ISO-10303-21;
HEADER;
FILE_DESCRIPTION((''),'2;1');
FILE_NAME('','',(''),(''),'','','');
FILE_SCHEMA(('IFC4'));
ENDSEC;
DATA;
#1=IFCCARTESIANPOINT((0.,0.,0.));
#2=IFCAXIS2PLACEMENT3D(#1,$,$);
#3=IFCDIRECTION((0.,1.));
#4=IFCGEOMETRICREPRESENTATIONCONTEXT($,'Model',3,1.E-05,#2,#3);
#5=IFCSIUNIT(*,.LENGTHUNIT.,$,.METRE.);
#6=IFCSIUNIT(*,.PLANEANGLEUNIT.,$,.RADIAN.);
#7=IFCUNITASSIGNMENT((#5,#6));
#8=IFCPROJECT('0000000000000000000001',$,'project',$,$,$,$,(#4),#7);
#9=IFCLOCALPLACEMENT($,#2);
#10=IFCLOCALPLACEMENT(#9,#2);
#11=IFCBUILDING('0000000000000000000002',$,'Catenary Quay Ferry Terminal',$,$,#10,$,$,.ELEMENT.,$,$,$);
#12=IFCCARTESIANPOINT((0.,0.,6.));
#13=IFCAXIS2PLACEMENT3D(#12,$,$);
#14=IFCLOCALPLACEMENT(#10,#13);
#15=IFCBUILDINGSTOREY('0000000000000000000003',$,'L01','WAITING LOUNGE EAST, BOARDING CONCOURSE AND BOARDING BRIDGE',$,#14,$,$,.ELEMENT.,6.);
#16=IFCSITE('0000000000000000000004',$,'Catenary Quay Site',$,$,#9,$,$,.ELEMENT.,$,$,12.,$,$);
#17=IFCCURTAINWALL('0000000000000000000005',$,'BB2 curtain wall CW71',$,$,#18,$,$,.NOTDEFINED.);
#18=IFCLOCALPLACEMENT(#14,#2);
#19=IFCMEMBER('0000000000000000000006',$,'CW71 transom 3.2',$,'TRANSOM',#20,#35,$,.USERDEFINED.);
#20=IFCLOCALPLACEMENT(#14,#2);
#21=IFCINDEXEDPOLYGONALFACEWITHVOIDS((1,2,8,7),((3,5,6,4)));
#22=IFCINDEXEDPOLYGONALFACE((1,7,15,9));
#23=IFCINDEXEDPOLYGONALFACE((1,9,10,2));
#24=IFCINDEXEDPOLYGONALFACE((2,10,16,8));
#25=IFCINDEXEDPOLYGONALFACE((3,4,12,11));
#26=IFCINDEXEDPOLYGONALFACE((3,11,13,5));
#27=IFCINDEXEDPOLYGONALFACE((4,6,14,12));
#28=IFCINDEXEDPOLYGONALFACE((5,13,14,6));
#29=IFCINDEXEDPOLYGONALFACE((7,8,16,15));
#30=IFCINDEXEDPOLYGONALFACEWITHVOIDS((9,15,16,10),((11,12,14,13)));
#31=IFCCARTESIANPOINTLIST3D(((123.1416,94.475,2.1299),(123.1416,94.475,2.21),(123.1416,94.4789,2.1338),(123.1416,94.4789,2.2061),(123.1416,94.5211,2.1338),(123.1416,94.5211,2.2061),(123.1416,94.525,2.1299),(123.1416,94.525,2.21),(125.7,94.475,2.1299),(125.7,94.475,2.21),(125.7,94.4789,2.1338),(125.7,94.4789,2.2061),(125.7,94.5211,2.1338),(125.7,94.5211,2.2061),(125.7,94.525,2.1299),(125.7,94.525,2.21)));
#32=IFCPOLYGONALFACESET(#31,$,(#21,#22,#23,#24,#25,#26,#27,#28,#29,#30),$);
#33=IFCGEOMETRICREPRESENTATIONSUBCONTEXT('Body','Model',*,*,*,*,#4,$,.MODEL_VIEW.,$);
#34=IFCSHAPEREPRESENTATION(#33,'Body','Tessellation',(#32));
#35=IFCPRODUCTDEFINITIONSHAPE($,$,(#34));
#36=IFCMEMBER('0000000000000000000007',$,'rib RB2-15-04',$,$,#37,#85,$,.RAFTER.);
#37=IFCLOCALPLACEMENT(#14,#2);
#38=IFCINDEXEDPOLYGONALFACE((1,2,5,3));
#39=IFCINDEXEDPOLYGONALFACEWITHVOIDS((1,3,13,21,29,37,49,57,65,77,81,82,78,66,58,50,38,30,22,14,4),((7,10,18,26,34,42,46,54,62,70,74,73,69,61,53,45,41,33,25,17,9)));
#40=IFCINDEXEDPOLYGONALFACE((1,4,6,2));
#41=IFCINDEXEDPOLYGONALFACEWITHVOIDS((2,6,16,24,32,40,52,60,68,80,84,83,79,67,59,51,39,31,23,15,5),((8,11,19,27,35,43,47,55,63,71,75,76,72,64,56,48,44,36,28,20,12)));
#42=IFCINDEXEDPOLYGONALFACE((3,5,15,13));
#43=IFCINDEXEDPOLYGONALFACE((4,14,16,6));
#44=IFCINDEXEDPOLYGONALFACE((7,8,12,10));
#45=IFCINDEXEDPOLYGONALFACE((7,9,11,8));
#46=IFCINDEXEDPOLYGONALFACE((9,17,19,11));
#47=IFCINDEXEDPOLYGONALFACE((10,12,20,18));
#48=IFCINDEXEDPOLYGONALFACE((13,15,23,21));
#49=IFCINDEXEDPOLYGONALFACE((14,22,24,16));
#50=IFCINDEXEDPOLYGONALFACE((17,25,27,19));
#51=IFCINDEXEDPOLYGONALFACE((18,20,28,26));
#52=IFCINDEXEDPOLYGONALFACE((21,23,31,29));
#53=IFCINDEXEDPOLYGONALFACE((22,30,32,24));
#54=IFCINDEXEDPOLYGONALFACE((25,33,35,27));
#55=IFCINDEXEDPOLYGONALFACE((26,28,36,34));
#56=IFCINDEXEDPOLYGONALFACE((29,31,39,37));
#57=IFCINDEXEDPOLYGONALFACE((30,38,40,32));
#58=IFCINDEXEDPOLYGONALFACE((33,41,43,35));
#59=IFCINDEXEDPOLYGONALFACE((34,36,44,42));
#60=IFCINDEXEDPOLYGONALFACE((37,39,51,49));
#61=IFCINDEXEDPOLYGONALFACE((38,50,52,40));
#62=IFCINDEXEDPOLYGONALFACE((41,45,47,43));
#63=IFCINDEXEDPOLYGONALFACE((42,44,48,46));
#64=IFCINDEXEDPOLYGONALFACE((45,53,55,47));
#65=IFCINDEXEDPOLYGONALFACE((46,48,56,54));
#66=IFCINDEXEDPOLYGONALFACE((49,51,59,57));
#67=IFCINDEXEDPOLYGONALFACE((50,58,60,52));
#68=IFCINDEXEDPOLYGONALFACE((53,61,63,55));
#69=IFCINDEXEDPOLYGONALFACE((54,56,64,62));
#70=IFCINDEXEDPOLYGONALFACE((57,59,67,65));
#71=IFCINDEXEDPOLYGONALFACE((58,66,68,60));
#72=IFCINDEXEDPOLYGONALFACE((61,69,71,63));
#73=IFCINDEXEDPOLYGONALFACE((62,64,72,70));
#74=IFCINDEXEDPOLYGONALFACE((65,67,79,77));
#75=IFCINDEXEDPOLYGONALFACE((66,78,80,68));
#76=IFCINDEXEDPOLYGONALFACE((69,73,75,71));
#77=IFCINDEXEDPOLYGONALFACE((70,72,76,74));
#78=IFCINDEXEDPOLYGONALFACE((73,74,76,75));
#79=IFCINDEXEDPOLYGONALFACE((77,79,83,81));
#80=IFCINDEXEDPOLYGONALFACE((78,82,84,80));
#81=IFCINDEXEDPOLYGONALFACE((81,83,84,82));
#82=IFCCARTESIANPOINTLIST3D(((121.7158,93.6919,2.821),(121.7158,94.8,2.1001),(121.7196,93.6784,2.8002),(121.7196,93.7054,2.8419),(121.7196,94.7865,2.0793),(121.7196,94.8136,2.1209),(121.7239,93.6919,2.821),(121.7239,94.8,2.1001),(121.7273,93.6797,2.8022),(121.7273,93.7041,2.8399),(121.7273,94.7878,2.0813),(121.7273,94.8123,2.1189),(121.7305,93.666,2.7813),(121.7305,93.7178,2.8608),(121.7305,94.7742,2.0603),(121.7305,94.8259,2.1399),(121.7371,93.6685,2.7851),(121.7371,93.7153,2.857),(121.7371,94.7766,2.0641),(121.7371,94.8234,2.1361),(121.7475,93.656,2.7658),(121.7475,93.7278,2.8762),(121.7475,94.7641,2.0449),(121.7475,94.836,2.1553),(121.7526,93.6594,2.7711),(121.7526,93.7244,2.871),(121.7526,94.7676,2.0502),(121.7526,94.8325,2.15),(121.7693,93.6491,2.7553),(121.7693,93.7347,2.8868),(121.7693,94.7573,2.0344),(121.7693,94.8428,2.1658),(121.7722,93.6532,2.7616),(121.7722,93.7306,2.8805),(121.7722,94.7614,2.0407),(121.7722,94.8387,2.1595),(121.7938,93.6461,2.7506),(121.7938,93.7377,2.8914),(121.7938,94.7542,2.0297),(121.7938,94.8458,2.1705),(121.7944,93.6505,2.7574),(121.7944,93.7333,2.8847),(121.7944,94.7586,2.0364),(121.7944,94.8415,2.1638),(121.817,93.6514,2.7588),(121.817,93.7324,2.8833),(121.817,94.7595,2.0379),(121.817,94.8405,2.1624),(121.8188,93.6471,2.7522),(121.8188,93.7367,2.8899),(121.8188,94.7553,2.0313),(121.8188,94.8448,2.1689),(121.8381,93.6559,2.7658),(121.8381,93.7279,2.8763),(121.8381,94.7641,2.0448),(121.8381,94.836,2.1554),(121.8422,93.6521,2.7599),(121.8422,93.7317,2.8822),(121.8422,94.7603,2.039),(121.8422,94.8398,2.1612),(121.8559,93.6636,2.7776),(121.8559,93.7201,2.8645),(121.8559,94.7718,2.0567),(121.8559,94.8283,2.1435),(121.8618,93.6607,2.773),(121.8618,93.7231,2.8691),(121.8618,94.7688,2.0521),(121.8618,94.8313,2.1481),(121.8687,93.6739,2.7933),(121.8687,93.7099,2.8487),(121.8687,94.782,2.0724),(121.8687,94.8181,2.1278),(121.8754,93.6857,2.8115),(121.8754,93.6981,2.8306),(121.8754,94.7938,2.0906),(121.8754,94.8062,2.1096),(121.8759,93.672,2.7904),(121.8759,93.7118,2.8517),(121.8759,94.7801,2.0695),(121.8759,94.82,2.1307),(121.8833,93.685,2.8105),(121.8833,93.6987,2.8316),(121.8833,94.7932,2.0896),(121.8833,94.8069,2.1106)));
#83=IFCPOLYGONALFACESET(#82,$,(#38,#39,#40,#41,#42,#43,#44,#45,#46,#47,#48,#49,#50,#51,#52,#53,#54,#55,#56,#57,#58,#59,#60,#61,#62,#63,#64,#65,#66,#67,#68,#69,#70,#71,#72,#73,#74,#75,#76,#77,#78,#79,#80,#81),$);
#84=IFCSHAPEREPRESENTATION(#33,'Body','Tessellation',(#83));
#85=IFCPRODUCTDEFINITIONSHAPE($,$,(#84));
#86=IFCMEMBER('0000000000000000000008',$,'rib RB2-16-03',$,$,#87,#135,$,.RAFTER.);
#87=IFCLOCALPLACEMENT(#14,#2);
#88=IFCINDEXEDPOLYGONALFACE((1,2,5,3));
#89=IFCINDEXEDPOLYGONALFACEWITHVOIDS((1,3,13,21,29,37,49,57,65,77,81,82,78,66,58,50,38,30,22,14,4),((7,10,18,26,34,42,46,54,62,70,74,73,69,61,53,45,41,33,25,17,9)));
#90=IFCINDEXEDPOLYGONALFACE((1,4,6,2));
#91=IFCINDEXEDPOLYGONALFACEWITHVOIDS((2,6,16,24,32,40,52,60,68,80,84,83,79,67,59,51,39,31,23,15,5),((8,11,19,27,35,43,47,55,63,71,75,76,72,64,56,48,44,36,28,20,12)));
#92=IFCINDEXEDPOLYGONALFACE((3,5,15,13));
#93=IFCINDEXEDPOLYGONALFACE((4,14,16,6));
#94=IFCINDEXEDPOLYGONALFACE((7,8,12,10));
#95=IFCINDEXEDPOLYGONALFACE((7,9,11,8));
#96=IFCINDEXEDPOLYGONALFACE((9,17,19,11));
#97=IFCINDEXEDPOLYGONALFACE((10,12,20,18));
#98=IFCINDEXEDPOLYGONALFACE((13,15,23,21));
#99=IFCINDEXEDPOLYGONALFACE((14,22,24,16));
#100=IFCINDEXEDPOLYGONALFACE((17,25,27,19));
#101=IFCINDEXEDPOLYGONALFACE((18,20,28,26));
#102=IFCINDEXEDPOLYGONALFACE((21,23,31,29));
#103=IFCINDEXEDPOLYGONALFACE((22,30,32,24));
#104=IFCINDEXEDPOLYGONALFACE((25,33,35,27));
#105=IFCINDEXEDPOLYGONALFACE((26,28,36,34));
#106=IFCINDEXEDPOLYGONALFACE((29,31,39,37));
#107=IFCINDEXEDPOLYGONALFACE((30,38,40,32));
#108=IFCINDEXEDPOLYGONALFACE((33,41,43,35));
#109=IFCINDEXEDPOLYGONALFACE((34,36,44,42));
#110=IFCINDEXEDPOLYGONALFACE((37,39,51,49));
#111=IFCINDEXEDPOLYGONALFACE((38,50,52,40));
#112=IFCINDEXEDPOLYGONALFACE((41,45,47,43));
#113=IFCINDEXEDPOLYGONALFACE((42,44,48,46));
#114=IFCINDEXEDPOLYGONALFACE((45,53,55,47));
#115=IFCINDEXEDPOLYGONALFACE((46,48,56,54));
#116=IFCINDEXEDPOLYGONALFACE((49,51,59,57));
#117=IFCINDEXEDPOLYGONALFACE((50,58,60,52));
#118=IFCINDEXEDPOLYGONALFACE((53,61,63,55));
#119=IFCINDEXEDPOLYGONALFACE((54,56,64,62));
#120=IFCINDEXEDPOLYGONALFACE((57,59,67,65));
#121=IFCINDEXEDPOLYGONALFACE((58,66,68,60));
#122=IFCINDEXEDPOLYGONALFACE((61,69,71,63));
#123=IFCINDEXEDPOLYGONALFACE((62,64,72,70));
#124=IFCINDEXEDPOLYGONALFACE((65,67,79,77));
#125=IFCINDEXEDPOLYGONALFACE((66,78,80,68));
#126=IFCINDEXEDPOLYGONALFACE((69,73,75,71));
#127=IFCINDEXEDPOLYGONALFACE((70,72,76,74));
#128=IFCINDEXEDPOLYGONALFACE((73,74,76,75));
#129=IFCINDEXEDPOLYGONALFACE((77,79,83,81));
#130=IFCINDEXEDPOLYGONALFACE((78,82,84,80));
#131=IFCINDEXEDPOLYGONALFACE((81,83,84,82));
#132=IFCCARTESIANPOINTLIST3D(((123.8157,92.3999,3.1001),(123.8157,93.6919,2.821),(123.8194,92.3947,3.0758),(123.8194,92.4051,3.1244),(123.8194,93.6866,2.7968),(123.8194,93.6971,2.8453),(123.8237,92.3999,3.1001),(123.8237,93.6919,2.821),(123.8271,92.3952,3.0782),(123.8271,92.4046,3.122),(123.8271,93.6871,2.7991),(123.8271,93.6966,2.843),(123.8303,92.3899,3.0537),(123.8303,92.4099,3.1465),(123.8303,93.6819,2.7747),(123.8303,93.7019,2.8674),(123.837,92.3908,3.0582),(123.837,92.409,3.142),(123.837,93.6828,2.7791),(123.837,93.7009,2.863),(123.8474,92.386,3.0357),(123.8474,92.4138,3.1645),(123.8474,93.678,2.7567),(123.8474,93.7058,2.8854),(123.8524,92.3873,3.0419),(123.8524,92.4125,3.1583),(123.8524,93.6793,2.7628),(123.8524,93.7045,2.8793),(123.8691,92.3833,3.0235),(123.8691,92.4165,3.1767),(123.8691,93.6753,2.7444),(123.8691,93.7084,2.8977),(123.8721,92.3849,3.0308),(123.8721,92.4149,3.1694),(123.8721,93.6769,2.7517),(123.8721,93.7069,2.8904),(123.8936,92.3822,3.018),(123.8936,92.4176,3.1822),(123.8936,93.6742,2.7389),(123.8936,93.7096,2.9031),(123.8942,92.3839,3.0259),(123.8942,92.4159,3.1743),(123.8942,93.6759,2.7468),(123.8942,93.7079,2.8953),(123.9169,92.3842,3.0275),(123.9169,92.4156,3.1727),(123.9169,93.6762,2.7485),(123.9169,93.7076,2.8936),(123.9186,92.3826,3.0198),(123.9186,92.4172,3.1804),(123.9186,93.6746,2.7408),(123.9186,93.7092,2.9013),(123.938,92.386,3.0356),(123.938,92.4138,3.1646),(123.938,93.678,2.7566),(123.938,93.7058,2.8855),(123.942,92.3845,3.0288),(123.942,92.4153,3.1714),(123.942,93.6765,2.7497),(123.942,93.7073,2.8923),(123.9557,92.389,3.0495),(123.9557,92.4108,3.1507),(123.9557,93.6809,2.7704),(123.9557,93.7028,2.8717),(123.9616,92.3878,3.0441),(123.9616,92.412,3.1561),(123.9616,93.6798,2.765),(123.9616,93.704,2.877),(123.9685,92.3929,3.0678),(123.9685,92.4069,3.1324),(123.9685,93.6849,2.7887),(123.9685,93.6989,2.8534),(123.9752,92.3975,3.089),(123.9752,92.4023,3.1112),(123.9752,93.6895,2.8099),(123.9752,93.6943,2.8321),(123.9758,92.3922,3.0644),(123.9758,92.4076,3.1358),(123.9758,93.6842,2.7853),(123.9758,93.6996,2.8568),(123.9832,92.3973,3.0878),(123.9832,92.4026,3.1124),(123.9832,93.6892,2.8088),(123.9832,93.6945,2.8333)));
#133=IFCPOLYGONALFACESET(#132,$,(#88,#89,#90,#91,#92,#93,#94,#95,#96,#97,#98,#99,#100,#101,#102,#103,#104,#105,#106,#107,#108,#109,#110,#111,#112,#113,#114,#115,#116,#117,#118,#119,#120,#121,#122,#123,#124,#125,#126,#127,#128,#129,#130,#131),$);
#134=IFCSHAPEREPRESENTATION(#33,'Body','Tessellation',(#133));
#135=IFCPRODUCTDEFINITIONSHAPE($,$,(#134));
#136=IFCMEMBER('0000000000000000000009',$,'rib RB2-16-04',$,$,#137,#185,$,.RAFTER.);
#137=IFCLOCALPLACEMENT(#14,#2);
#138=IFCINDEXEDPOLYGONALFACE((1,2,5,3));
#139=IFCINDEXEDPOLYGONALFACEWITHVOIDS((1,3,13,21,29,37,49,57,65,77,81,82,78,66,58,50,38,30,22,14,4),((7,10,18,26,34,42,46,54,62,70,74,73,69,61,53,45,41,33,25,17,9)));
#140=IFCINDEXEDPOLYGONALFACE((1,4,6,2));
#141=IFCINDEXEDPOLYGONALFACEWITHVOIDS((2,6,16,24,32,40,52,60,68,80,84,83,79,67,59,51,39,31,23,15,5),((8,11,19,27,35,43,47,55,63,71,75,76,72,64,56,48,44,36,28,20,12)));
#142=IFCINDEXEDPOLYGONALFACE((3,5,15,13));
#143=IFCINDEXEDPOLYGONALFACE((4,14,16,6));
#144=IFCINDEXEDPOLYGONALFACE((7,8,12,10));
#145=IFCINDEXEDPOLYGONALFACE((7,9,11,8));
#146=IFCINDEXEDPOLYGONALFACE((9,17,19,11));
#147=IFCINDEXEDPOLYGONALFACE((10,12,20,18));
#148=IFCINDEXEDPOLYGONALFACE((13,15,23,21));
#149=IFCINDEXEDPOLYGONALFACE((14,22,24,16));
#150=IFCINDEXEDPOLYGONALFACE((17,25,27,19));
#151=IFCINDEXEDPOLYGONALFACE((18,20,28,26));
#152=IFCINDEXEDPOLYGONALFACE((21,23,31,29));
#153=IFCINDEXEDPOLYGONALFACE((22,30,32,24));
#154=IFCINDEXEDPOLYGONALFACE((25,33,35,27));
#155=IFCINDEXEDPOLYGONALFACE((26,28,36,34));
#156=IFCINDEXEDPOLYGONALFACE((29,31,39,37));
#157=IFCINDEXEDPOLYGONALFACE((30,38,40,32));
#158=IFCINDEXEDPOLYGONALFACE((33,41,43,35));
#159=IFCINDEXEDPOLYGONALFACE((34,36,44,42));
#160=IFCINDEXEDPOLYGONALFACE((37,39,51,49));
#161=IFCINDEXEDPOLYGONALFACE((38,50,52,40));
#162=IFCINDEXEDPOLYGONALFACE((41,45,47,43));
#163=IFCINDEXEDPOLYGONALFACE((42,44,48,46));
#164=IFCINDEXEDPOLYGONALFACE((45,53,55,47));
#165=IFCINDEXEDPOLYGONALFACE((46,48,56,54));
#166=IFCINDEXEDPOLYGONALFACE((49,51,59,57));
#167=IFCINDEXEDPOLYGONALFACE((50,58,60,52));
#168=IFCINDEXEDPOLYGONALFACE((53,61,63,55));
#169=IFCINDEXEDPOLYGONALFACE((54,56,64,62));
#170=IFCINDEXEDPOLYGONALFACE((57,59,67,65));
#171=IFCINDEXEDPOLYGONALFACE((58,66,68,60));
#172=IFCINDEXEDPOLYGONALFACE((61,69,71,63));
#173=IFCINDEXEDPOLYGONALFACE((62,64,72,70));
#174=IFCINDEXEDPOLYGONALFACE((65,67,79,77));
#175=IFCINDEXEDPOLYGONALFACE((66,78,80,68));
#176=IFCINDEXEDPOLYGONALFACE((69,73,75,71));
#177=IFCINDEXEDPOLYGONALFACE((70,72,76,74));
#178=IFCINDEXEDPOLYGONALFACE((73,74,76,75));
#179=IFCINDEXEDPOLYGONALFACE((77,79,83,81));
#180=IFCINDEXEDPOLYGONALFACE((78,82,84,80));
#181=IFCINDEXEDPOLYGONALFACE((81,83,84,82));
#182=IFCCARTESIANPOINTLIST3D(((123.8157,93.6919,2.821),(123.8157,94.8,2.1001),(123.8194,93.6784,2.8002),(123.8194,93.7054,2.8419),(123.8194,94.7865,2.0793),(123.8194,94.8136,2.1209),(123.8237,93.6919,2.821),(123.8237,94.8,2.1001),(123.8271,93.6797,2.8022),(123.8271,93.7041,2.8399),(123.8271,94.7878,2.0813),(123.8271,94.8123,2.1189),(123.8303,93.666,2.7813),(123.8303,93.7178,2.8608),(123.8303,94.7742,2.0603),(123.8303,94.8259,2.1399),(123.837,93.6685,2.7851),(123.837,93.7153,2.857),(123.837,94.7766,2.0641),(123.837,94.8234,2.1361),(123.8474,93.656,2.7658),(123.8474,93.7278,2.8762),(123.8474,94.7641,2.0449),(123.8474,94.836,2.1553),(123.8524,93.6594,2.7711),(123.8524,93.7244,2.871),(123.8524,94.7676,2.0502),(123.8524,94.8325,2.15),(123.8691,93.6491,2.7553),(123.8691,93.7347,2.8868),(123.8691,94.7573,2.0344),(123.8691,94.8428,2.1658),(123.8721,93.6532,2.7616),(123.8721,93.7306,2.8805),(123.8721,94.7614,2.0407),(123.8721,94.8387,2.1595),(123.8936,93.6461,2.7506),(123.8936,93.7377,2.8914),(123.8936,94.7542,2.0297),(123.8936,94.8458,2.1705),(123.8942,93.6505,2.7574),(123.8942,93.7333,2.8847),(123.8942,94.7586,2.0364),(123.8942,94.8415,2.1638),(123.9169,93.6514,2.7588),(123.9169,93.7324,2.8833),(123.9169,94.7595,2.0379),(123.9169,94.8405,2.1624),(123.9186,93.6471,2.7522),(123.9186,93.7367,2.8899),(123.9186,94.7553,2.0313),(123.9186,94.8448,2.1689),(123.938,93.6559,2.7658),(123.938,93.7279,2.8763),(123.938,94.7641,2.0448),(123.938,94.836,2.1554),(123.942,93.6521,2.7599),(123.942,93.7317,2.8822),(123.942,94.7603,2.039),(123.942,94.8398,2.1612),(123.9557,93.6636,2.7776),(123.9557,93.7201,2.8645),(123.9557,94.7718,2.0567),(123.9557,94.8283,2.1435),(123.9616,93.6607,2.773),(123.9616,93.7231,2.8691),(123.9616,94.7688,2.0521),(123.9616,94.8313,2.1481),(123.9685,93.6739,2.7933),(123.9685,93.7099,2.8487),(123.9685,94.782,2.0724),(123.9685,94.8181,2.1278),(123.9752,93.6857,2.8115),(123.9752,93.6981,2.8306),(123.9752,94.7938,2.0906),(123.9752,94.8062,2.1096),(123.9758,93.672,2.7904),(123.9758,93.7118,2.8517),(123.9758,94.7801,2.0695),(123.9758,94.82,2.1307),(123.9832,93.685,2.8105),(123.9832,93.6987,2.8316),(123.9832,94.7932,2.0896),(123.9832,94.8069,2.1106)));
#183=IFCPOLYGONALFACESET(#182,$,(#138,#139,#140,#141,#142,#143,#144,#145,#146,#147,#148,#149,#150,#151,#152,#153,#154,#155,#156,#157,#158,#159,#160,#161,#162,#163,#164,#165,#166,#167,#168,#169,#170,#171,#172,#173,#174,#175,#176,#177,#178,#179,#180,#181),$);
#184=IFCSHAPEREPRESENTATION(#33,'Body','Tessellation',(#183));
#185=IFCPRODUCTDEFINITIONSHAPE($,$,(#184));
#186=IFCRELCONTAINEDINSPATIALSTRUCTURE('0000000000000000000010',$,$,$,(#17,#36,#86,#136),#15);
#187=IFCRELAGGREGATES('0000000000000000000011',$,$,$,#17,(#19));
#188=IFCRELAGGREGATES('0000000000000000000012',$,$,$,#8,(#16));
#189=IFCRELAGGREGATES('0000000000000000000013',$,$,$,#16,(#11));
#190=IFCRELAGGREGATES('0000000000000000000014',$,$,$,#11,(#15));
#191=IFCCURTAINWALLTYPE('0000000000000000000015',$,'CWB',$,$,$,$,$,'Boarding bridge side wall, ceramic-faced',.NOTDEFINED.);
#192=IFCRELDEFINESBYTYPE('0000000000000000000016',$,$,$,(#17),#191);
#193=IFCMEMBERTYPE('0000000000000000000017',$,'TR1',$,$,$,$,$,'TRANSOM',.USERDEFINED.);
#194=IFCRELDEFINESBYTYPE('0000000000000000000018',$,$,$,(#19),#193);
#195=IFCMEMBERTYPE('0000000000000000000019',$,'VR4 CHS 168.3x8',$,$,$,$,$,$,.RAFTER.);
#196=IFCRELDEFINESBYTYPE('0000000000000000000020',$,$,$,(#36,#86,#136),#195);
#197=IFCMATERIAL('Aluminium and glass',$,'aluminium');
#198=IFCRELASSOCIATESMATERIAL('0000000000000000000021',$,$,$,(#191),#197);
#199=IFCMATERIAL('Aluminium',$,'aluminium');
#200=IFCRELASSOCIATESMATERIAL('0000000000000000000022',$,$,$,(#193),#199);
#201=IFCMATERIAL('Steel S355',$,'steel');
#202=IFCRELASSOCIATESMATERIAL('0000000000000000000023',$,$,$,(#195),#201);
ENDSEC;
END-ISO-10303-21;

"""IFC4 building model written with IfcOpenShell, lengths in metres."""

from ifc_helpers import new_model, si_unit, direction, frame, origin, origin_2d, place, context, subcontext, project, spatial, hollow_rectangle, hollow_circle, extrude, material, material_profile, profile_set, type_object, element, aggregate, save


model = new_model("IFC4")

# Units and contexts
model_context = context("Model", 3, precision=1e-05, world=origin(), true_north=direction((0.0, 1.0)))
body_context = subcontext(model_context, "Body", "Model", "MODEL_VIEW")
ifc_project = project(units=[si_unit("LENGTHUNIT", "METRE"), si_unit("PLANEANGLEUNIT", "RADIAN")], contexts=[model_context])

# Site, building, storey
site_placement = place(None, origin())
site = spatial("IfcSite", under=ifc_project, at=site_placement, Name="Catenary Quay Site", CompositionType="ELEMENT", RefElevation=12.0)
building_placement = place(site_placement, origin())
building = spatial("IfcBuilding", under=site, at=building_placement, Name="Catenary Quay Ferry Terminal", CompositionType="ELEMENT")
storey_placement = place(building_placement, frame((0.0, 0.0, 6.0)))
storey = spatial("IfcBuildingStorey", under=building, at=storey_placement, Name="L01", Description="WAITING LOUNGE EAST, BOARDING CONCOURSE AND BOARDING BRIDGE", CompositionType="ELEMENT", Elevation=6.0)

# Curtain wall
ifc_material_1 = material(Name="Aluminium and glass", Category="aluminium")
curtain_wall_type = type_object("IfcCurtainWallType", Name="CWB", ElementType="Boarding bridge side wall, ceramic-faced", PredefinedType="NOTDEFINED", material=ifc_material_1)
curtain_wall_placement = place(storey_placement, origin())
curtain_wall = element("IfcCurtainWall", 1, at=curtain_wall_placement, inside=storey, type_object=curtain_wall_type, Name="BB2 curtain wall CW71", PredefinedType="NOTDEFINED")

# Member
ifc_material_2 = material(Name="Aluminium", Category="aluminium")
ifc_material_profile_1 = material_profile(ifc_material_2, hollow_rectangle(XDim=0.05, YDim=0.0801, WallThickness=0.0039, at=origin_2d()), Name="TR1")
ifc_profile_set_1 = profile_set([ifc_material_profile_1], Name="Aluminium")
member_type_1 = type_object("IfcMemberType", Name="TR1", ElementType="TRANSOM", PredefinedType="USERDEFINED", material=ifc_profile_set_1)
member_1_placement = place(storey_placement, frame((123.1416, 94.5, 2.1699), z_axis=(1.0, 0.0, 0.0), x_axis=(0.0, 1.0, 0.0)))
member_1 = element("IfcMember", 2, at=member_1_placement, type_object=member_type_1, Name="CW71 transom 3.2", ObjectType="TRANSOM", PredefinedType="USERDEFINED", context=body_context, shape_type="SweptSolid", body=[
    extrude(hollow_rectangle(XDim=0.05, YDim=0.0801, WallThickness=0.0039, at=origin_2d()), origin(), (0.0, 0.0, 1.0), 2.5583),
])

# Members
ifc_material_3 = material(Name="Steel S355", Category="steel")
ifc_material_profile_2 = material_profile(ifc_material_3, hollow_circle(Radius=0.0842, WallThickness=0.0081, at=origin_2d()), Name="CHS 168.3x8")
ifc_profile_set_2 = profile_set([ifc_material_profile_2], Name="Steel S355")
member_type_2 = type_object("IfcMemberType", Name="VR4 CHS 168.3x8", PredefinedType="RAFTER", material=ifc_profile_set_2)
member_2_placement = place(storey_placement, frame((121.8, 93.6919, 2.821), z_axis=(0.0, 0.83822, -0.545332), x_axis=(-1.0, 0.0, 0.0)))
element("IfcMember", 3, at=member_2_placement, inside=storey, type_object=member_type_2, Name="rib RB2-15-04", PredefinedType="RAFTER", context=body_context, shape_type="SweptSolid", body=[
    extrude(hollow_circle(Radius=0.0842, WallThickness=0.0081, at=origin_2d()), origin(), (0.0, 0.0, 1.0), 1.322),
])
member_3_placement = place(storey_placement, frame((123.8999, 92.3999, 3.1001), z_axis=(0.0, 0.977461, -0.211118), x_axis=(-1.0, 0.0, 0.0)))
element("IfcMember", 4, at=member_3_placement, inside=storey, type_object=member_type_2, Name="rib RB2-16-03", PredefinedType="RAFTER", context=body_context, shape_type="SweptSolid", body=[
    extrude(hollow_circle(Radius=0.0842, WallThickness=0.0081, at=origin_2d()), origin(), (0.0, 0.0, 1.0), 1.3218),
])
member_4_placement = place(storey_placement, frame((123.8999, 93.6919, 2.821), z_axis=(0.0, 0.83822, -0.545332), x_axis=(-1.0, 0.0, 0.0)))
element("IfcMember", 5, at=member_4_placement, inside=storey, type_object=member_type_2, Name="rib RB2-16-04", PredefinedType="RAFTER", context=body_context, shape_type="SweptSolid", body=[
    extrude(hollow_circle(Radius=0.0842, WallThickness=0.0081, at=origin_2d()), origin(), (0.0, 0.0, 1.0), 1.322),
])

aggregate(curtain_wall, [member_1])

save(model, "model.ifc")
